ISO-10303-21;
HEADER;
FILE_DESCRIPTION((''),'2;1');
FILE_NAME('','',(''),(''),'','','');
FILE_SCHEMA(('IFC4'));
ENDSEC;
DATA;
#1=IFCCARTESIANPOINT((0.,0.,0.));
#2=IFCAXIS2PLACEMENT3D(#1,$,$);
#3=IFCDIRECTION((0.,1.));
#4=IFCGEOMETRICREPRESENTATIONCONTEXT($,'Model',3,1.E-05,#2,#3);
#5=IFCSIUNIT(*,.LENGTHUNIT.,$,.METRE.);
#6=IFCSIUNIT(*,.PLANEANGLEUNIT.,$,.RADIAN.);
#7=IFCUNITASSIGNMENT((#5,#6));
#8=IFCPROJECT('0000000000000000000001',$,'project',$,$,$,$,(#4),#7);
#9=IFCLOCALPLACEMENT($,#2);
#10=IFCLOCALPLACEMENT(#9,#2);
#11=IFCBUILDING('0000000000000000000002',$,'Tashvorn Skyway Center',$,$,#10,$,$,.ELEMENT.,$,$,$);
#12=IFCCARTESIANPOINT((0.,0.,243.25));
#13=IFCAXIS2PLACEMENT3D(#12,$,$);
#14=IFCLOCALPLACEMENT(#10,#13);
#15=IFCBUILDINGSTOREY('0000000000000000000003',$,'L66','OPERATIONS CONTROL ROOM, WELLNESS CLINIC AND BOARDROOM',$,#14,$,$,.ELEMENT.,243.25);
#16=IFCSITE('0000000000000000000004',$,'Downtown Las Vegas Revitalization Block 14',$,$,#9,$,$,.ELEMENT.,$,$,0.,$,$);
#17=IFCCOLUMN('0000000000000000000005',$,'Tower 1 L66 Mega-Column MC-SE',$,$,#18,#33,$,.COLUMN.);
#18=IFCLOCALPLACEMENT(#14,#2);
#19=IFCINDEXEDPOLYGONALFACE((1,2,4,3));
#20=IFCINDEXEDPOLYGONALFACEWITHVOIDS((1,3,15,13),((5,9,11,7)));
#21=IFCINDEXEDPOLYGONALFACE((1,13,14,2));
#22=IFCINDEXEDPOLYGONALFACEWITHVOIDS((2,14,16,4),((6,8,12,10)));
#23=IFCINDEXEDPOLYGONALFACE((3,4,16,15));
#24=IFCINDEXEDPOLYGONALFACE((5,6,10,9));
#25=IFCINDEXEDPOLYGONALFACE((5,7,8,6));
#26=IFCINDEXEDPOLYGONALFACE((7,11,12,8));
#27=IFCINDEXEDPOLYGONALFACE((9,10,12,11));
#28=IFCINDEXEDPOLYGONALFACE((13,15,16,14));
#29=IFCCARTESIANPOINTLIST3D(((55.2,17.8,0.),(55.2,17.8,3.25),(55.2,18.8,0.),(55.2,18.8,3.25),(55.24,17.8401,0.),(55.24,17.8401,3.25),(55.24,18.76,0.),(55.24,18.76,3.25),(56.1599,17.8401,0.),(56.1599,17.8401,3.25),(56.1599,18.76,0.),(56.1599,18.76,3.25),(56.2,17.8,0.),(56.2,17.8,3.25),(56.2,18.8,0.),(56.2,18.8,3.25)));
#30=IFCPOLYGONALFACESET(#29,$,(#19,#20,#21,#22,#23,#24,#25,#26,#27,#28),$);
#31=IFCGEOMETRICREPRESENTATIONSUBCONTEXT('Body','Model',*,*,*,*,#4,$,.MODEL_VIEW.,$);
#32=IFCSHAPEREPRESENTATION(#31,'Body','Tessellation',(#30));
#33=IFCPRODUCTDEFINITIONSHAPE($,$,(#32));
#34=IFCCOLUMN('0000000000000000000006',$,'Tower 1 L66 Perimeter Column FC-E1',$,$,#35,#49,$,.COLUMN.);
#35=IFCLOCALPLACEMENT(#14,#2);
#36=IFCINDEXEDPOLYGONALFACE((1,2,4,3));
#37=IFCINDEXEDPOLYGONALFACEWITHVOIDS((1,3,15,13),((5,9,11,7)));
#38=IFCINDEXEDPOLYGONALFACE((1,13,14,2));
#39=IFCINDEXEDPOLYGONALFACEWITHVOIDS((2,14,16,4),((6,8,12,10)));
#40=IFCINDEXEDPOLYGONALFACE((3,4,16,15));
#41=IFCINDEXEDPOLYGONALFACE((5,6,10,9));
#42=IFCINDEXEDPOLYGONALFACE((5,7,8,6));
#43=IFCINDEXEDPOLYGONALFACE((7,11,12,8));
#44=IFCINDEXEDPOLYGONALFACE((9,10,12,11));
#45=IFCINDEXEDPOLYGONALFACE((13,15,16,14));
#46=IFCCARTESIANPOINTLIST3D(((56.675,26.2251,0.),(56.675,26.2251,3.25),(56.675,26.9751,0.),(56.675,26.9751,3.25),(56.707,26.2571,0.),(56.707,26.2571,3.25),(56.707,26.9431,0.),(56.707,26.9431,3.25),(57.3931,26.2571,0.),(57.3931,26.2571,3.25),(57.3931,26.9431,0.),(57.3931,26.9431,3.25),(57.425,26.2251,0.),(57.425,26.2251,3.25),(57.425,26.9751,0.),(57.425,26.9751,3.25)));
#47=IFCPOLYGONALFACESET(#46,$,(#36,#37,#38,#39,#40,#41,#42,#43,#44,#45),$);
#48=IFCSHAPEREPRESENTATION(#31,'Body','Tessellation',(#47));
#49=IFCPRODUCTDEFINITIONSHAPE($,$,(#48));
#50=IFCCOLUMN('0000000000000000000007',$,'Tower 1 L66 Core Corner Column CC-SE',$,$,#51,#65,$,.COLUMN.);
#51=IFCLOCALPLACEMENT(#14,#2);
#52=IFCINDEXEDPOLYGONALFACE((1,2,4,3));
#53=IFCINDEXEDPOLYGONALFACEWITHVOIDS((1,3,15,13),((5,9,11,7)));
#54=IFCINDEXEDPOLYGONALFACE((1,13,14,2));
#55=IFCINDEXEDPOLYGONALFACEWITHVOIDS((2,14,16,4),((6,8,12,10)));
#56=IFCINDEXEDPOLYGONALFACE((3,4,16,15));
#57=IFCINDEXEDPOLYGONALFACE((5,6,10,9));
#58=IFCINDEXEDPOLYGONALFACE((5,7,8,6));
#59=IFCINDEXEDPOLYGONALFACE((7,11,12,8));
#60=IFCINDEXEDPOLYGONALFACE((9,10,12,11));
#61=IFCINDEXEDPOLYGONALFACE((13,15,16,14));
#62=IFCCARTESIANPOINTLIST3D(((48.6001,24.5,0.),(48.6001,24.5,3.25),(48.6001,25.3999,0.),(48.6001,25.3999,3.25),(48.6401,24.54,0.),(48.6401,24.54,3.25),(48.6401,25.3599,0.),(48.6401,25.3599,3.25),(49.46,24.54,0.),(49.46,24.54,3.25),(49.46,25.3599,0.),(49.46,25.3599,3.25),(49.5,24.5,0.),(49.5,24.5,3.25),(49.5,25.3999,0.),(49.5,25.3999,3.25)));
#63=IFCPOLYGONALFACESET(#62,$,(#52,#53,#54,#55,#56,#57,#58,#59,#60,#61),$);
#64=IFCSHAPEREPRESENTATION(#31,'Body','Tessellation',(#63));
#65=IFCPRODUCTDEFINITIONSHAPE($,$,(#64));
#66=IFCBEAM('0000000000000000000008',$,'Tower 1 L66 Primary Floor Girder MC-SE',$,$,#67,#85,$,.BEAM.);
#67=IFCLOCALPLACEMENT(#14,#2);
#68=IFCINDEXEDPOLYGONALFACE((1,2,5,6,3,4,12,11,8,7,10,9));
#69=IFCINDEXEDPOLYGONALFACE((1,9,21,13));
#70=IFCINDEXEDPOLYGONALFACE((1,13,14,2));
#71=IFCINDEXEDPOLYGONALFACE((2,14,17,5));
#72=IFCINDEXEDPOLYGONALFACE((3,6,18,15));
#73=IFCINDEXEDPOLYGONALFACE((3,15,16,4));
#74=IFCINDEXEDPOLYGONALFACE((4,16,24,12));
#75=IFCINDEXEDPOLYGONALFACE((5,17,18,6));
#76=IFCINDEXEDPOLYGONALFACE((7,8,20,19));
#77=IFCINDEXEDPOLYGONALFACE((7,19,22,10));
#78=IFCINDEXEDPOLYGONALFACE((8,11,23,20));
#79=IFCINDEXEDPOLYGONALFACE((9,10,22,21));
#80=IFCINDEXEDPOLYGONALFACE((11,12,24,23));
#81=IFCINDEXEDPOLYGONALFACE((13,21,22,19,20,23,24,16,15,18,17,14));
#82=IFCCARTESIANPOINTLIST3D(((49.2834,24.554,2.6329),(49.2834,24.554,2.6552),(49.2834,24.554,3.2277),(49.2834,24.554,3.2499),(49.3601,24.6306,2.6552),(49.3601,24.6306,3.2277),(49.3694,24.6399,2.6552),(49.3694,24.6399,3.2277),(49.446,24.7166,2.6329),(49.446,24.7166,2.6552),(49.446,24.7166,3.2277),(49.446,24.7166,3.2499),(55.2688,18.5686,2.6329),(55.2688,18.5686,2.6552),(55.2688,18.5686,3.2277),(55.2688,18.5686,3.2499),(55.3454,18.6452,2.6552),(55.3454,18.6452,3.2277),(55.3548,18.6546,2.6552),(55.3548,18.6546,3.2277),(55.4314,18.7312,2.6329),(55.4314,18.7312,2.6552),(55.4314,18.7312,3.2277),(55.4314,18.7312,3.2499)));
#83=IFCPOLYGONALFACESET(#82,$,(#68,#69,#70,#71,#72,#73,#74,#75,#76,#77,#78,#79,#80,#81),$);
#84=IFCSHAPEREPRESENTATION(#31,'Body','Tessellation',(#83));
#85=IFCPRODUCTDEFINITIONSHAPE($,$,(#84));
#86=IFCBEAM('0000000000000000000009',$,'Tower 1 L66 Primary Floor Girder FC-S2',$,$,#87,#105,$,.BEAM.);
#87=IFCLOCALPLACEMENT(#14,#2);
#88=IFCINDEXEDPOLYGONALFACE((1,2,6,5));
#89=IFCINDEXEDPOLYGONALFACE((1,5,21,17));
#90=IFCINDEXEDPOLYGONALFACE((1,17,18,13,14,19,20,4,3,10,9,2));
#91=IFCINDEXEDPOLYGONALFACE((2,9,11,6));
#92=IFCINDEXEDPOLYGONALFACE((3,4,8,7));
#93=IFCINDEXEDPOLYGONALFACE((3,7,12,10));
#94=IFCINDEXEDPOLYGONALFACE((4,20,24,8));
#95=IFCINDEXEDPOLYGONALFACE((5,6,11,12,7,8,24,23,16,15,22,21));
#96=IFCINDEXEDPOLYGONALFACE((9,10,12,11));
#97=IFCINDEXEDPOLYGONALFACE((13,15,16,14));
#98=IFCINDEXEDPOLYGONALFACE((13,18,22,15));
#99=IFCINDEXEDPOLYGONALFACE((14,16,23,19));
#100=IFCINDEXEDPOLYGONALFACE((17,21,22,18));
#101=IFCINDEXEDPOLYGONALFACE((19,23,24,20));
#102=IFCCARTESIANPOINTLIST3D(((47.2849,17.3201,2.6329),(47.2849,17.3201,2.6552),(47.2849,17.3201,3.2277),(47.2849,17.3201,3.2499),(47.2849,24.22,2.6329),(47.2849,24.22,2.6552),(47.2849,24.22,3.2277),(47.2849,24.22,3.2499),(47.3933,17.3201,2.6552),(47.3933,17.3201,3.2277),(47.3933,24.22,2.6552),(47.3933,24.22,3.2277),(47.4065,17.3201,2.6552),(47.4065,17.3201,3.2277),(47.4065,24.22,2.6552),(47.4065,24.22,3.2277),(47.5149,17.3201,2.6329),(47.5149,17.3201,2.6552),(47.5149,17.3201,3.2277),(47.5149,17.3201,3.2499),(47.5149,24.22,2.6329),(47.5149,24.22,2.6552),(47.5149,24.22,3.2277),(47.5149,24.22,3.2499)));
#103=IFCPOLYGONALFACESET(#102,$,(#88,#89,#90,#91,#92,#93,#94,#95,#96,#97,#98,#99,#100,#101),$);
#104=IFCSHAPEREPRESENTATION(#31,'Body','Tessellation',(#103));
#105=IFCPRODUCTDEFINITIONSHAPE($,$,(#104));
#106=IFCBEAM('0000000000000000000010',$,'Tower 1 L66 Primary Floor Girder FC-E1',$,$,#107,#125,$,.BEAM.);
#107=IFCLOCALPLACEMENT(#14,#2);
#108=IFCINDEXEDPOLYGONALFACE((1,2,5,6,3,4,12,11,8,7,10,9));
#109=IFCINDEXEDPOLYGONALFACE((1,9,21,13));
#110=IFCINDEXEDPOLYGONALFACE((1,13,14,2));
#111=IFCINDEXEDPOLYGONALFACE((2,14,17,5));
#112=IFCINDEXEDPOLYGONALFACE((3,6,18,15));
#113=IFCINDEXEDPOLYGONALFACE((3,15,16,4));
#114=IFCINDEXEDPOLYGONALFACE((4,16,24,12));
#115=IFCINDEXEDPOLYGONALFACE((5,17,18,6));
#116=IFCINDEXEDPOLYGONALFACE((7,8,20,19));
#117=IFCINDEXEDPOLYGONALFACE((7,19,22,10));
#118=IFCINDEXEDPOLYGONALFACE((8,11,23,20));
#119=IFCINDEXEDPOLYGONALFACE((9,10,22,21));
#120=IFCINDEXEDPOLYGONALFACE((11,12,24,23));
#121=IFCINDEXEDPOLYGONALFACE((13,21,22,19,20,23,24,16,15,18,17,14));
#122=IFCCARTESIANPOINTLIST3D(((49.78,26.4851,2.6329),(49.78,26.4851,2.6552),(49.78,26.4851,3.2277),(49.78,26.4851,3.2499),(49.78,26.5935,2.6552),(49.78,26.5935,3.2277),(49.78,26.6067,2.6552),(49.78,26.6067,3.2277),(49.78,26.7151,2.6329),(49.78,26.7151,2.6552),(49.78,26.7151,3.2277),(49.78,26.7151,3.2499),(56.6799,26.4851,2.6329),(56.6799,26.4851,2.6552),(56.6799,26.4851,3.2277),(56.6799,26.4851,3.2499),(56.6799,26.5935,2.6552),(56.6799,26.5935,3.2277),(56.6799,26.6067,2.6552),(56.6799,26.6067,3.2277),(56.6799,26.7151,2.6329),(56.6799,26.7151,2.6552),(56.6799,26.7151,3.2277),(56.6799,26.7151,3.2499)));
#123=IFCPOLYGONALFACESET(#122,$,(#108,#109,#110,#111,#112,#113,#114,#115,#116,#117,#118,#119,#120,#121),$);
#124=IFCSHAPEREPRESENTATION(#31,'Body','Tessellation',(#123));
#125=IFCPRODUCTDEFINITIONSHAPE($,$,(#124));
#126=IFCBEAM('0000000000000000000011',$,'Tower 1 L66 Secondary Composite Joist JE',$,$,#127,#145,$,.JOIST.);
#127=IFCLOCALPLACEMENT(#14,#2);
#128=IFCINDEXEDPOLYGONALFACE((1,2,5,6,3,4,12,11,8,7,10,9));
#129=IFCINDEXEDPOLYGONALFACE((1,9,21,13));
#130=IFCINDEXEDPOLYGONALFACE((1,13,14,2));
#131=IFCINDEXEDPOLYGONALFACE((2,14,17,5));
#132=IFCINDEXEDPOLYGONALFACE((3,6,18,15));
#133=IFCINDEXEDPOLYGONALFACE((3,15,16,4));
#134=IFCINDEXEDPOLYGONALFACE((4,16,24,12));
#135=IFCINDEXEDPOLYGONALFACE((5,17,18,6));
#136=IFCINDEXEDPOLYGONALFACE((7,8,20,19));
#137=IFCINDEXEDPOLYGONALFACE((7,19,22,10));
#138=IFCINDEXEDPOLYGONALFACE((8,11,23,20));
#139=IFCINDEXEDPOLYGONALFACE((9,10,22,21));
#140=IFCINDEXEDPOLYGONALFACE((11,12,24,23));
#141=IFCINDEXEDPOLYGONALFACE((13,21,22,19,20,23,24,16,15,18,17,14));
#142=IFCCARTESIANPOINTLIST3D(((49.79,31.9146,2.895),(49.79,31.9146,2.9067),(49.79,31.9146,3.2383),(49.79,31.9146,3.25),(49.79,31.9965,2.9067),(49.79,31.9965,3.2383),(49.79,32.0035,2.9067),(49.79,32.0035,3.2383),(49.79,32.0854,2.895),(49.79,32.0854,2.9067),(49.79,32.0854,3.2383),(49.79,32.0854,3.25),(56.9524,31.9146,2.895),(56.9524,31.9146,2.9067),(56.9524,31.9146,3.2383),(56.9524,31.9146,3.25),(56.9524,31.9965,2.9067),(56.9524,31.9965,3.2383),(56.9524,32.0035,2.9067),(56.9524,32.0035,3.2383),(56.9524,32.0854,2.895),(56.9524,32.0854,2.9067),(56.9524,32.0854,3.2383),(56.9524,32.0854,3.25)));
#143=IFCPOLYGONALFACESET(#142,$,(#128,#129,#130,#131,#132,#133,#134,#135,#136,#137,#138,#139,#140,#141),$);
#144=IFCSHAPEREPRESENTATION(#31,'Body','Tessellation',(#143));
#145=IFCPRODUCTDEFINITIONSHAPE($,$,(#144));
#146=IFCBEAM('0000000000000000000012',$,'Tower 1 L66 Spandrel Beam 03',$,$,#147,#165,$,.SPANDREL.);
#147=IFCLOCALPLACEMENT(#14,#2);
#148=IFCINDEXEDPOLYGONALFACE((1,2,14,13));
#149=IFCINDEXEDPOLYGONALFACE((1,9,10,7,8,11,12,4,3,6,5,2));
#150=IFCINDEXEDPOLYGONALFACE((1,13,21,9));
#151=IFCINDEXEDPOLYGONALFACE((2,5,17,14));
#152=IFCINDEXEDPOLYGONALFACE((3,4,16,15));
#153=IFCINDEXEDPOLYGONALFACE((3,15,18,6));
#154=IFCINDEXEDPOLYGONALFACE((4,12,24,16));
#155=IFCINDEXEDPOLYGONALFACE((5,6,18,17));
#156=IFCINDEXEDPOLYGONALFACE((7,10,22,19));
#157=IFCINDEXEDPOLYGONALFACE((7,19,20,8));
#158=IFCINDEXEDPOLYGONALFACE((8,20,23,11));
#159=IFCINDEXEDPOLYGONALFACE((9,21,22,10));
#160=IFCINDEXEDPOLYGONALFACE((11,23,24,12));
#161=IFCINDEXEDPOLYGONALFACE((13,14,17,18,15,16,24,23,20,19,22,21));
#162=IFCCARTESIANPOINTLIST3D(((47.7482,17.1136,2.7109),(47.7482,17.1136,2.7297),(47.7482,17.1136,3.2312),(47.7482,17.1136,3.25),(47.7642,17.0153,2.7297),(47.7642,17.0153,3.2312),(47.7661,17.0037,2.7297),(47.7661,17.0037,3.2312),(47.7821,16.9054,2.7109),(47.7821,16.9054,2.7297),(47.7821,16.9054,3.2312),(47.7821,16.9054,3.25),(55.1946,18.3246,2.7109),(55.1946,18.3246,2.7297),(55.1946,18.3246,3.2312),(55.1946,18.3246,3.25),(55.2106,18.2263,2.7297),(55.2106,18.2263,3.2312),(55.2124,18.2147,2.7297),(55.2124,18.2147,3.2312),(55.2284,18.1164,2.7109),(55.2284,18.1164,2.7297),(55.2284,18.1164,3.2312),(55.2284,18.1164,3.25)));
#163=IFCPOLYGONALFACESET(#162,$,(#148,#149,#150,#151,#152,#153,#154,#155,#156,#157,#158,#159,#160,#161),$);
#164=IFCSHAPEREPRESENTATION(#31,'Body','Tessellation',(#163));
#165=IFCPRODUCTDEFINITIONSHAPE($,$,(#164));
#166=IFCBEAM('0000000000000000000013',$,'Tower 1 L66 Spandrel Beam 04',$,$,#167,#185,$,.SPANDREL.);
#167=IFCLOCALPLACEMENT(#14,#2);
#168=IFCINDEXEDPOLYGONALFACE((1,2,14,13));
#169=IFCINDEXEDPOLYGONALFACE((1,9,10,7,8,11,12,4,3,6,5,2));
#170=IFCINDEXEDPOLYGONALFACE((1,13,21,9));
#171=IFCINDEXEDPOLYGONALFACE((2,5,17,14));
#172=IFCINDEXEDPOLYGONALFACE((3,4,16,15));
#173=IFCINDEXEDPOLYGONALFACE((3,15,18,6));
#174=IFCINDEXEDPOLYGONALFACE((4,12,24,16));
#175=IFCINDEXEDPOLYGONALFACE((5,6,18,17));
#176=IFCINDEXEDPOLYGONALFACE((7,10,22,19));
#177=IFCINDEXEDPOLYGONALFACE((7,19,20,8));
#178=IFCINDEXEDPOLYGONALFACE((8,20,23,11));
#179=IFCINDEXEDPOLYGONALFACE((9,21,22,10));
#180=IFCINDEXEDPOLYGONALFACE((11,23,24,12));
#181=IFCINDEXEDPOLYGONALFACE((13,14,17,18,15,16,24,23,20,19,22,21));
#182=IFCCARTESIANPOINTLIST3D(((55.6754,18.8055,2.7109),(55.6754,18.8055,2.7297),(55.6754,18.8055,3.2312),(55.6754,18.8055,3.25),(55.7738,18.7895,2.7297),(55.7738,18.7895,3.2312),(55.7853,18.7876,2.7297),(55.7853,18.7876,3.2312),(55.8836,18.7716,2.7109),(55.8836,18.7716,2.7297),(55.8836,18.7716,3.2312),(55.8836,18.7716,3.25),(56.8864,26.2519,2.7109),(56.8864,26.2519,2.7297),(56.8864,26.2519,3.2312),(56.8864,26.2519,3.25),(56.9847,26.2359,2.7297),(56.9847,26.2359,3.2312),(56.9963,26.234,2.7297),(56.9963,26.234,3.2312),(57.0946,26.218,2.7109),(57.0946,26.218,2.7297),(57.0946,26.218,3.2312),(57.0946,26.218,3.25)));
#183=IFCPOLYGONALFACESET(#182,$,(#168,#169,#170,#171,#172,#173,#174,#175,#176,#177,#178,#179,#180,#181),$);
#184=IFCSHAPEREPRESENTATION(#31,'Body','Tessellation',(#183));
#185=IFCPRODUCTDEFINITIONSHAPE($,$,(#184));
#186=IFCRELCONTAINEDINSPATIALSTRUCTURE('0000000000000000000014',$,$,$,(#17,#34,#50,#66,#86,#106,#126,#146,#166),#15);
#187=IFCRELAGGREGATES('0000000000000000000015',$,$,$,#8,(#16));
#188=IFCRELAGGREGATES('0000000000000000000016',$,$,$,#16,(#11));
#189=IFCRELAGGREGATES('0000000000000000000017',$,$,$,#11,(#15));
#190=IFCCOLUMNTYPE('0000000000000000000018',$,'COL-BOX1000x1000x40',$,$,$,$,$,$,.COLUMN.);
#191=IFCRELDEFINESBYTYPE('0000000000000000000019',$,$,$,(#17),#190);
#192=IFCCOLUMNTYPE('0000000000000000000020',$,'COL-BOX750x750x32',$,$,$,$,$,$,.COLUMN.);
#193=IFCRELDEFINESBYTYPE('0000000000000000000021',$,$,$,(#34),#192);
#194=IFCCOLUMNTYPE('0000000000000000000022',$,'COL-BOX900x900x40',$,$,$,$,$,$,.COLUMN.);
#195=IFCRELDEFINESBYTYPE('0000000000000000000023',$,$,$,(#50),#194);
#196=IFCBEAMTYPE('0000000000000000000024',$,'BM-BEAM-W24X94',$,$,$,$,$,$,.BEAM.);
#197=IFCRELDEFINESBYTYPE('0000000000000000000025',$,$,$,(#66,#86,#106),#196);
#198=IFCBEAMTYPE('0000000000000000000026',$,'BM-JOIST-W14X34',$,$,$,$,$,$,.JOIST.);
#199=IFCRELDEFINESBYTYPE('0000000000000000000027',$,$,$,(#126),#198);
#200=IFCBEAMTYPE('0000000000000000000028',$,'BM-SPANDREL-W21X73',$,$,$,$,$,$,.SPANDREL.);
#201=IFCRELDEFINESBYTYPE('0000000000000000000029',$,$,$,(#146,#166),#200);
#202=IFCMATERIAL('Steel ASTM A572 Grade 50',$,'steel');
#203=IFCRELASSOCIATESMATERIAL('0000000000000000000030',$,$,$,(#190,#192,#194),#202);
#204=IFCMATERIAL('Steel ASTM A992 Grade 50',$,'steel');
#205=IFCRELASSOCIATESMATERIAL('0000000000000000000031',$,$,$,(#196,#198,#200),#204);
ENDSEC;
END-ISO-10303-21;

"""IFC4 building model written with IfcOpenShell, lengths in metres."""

from ifc_helpers import new_model, si_unit, direction, frame, origin, origin_2d, place, context, subcontext, project, spatial, hollow_rectangle, i_section, extrude, material, material_profile, profile_set, type_object, element, save


model = new_model("IFC4")

# Units and contexts
model_context = context("Model", 3, precision=1e-05, world=origin(), true_north=direction((0.0, 1.0)))
body_context = subcontext(model_context, "Body", "Model", "MODEL_VIEW")
ifc_project = project(units=[si_unit("LENGTHUNIT", "METRE"), si_unit("PLANEANGLEUNIT", "RADIAN")], contexts=[model_context])

# Site, building, storey
site_placement = place(None, origin())
site = spatial("IfcSite", under=ifc_project, at=site_placement, Name="Downtown Las Vegas Revitalization Block 14", CompositionType="ELEMENT", RefElevation=0.0)
building_placement = place(site_placement, origin())
building = spatial("IfcBuilding", under=site, at=building_placement, Name="Tashvorn Skyway Center", CompositionType="ELEMENT")
storey_placement = place(building_placement, frame((0.0, 0.0, 243.25)))
storey = spatial("IfcBuildingStorey", under=building, at=storey_placement, Name="L66", Description="OPERATIONS CONTROL ROOM, WELLNESS CLINIC AND BOARDROOM", CompositionType="ELEMENT", Elevation=243.25)

# Columns
ifc_material_1 = material(Name="Steel ASTM A572 Grade 50", Category="steel")
ifc_material_profile_1 = material_profile(ifc_material_1, hollow_rectangle(XDim=1.0, YDim=1.0, WallThickness=0.04, at=origin_2d()), Name="BOX1000x1000x40")
ifc_profile_set_1 = profile_set([ifc_material_profile_1], Name="Steel ASTM A572 Grade 50")
column_type_1 = type_object("IfcColumnType", Name="COL-BOX1000x1000x40", PredefinedType="COLUMN", material=ifc_profile_set_1)
column_1_placement = place(storey_placement, frame((55.7, 18.3, 0.0), z_axis=(0.0, 0.0, 1.0), x_axis=(1.0, 0.0, 0.0)))
element("IfcColumn", 1, at=column_1_placement, inside=storey, type_object=column_type_1, Name="Tower 1 L66 Mega-Column MC-SE", PredefinedType="COLUMN", context=body_context, shape_type="SweptSolid", body=[
    extrude(hollow_rectangle(XDim=1.0, YDim=1.0, WallThickness=0.04, at=origin_2d()), origin(), (0.0, 0.0, 1.0), 3.25),
])
ifc_material_profile_2 = material_profile(ifc_material_1, hollow_rectangle(XDim=0.75, YDim=0.75, WallThickness=0.032, at=origin_2d()), Name="BOX750x750x32")
ifc_profile_set_2 = profile_set([ifc_material_profile_2], Name="Steel ASTM A572 Grade 50")
column_type_2 = type_object("IfcColumnType", Name="COL-BOX750x750x32", PredefinedType="COLUMN", material=ifc_profile_set_2)
column_2_placement = place(storey_placement, frame((57.05, 26.6001, 0.0), z_axis=(0.0, 0.0, 1.0), x_axis=(1.0, 0.0, 0.0)))
element("IfcColumn", 2, at=column_2_placement, inside=storey, type_object=column_type_2, Name="Tower 1 L66 Perimeter Column FC-E1", PredefinedType="COLUMN", context=body_context, shape_type="SweptSolid", body=[
    extrude(hollow_rectangle(XDim=0.75, YDim=0.75, WallThickness=0.032, at=origin_2d()), origin(), (0.0, 0.0, 1.0), 3.25),
])
ifc_material_profile_3 = material_profile(ifc_material_1, hollow_rectangle(XDim=0.8999, YDim=0.8999, WallThickness=0.04, at=origin_2d()), Name="BOX900x900x40")
ifc_profile_set_3 = profile_set([ifc_material_profile_3], Name="Steel ASTM A572 Grade 50")
column_type_3 = type_object("IfcColumnType", Name="COL-BOX900x900x40", PredefinedType="COLUMN", material=ifc_profile_set_3)
column_3_placement = place(storey_placement, frame((49.05, 24.95, 0.0), z_axis=(0.0, 0.0, 1.0), x_axis=(1.0, 0.0, 0.0)))
element("IfcColumn", 3, at=column_3_placement, inside=storey, type_object=column_type_3, Name="Tower 1 L66 Core Corner Column CC-SE", PredefinedType="COLUMN", context=body_context, shape_type="SweptSolid", body=[
    extrude(hollow_rectangle(XDim=0.8999, YDim=0.8999, WallThickness=0.04, at=origin_2d()), origin(), (0.0, 0.0, 1.0), 3.25),
])

# Beams
ifc_material_2 = material(Name="Steel ASTM A992 Grade 50", Category="steel")
ifc_material_profile_4 = material_profile(ifc_material_2, i_section(OverallWidth=0.23, OverallDepth=0.6169, WebThickness=0.0132, FlangeThickness=0.0222, at=origin_2d()), Name="W24X94")
ifc_profile_set_4 = profile_set([ifc_material_profile_4], Name="Steel ASTM A992 Grade 50")
beam_type_1 = type_object("IfcBeamType", Name="BM-BEAM-W24X94", PredefinedType="BEAM", material=ifc_profile_set_4)
beam_1_placement = place(storey_placement, frame((55.3501, 18.6499, 2.9414), z_axis=(-0.707107, 0.707107, 0.0), x_axis=(-0.707107, -0.707107, 0.0)))
element("IfcBeam", 4, at=beam_1_placement, inside=storey, type_object=beam_type_1, Name="Tower 1 L66 Primary Floor Girder MC-SE", PredefinedType="BEAM", context=body_context, shape_type="SweptSolid", body=[
    extrude(i_section(OverallWidth=0.23, OverallDepth=0.6169, WebThickness=0.0132, FlangeThickness=0.0222, at=origin_2d()), origin(), (0.0, 0.0, 1.0), 8.4646),
])
for number, where, z_axis, x_axis, name in (
    (5, (47.3999, 17.3201, 2.9414), (0.0, 1.0, 0.0), (-1.0, 0.0, 0.0), "Tower 1 L66 Primary Floor Girder FC-S2"),
    (6, (56.6799, 26.6001, 2.9414), (-1.0, 0.0, 0.0), (0.0, -1.0, 0.0), "Tower 1 L66 Primary Floor Girder FC-E1"),
):
    element("IfcBeam", number, at=place(storey_placement, frame(where, z_axis=z_axis, x_axis=x_axis)), inside=storey, type_object=beam_type_1, Name=name, PredefinedType="BEAM", context=body_context, shape_type="SweptSolid", body=[
        extrude(i_section(OverallWidth=0.23, OverallDepth=0.6169, WebThickness=0.0132, FlangeThickness=0.0222, at=origin_2d()), origin(), (0.0, 0.0, 1.0), 6.8999),
    ])
ifc_material_profile_5 = material_profile(ifc_material_2, i_section(OverallWidth=0.1709, OverallDepth=0.355, WebThickness=0.0071, FlangeThickness=0.0117, at=origin_2d()), Name="W14X34")
ifc_profile_set_5 = profile_set([ifc_material_profile_5], Name="Steel ASTM A992 Grade 50")
beam_type_2 = type_object("IfcBeamType", Name="BM-JOIST-W14X34", PredefinedType="JOIST", material=ifc_profile_set_5)
beam_2_placement = place(storey_placement, frame((49.79, 32.0, 3.0725), z_axis=(1.0, 0.0, 0.0), x_axis=(0.0, 1.0, 0.0)))
element("IfcBeam", 7, at=beam_2_placement, inside=storey, type_object=beam_type_2, Name="Tower 1 L66 Secondary Composite Joist JE", PredefinedType="JOIST", context=body_context, shape_type="SweptSolid", body=[
    extrude(i_section(OverallWidth=0.1709, OverallDepth=0.355, WebThickness=0.0071, FlangeThickness=0.0117, at=origin_2d()), origin(), (0.0, 0.0, 1.0), 7.1624),
])
ifc_material_profile_6 = material_profile(ifc_material_2, i_section(OverallWidth=0.2109, OverallDepth=0.5391, WebThickness=0.0117, FlangeThickness=0.0188, at=origin_2d()), Name="W21X73")
ifc_profile_set_6 = profile_set([ifc_material_profile_6], Name="Steel ASTM A992 Grade 50")
beam_type_3 = type_object("IfcBeamType", Name="BM-SPANDREL-W21X73", PredefinedType="SPANDREL", material=ifc_profile_set_6)
for number, where, z_axis, x_axis, name in (
    (8, (47.7651, 17.0095, 2.9805), (0.987034, 0.160514, 0.0), (-0.160514, 0.987034, 0.0), "Tower 1 L66 Spandrel Beam 03"),
    (9, (55.7795, 18.7886, 2.9805), (0.160514, 0.987034, 0.0), (-0.987034, 0.160514, 0.0), "Tower 1 L66 Spandrel Beam 04"),
):
    element("IfcBeam", number, at=place(storey_placement, frame(where, z_axis=z_axis, x_axis=x_axis)), inside=storey, type_object=beam_type_3, Name=name, PredefinedType="SPANDREL", context=body_context, shape_type="SweptSolid", body=[
        extrude(i_section(OverallWidth=0.2109, OverallDepth=0.5391, WebThickness=0.0117, FlangeThickness=0.0188, at=origin_2d()), origin(), (0.0, 0.0, 1.0), 7.5442),
    ])

save(model, "model.ifc")
